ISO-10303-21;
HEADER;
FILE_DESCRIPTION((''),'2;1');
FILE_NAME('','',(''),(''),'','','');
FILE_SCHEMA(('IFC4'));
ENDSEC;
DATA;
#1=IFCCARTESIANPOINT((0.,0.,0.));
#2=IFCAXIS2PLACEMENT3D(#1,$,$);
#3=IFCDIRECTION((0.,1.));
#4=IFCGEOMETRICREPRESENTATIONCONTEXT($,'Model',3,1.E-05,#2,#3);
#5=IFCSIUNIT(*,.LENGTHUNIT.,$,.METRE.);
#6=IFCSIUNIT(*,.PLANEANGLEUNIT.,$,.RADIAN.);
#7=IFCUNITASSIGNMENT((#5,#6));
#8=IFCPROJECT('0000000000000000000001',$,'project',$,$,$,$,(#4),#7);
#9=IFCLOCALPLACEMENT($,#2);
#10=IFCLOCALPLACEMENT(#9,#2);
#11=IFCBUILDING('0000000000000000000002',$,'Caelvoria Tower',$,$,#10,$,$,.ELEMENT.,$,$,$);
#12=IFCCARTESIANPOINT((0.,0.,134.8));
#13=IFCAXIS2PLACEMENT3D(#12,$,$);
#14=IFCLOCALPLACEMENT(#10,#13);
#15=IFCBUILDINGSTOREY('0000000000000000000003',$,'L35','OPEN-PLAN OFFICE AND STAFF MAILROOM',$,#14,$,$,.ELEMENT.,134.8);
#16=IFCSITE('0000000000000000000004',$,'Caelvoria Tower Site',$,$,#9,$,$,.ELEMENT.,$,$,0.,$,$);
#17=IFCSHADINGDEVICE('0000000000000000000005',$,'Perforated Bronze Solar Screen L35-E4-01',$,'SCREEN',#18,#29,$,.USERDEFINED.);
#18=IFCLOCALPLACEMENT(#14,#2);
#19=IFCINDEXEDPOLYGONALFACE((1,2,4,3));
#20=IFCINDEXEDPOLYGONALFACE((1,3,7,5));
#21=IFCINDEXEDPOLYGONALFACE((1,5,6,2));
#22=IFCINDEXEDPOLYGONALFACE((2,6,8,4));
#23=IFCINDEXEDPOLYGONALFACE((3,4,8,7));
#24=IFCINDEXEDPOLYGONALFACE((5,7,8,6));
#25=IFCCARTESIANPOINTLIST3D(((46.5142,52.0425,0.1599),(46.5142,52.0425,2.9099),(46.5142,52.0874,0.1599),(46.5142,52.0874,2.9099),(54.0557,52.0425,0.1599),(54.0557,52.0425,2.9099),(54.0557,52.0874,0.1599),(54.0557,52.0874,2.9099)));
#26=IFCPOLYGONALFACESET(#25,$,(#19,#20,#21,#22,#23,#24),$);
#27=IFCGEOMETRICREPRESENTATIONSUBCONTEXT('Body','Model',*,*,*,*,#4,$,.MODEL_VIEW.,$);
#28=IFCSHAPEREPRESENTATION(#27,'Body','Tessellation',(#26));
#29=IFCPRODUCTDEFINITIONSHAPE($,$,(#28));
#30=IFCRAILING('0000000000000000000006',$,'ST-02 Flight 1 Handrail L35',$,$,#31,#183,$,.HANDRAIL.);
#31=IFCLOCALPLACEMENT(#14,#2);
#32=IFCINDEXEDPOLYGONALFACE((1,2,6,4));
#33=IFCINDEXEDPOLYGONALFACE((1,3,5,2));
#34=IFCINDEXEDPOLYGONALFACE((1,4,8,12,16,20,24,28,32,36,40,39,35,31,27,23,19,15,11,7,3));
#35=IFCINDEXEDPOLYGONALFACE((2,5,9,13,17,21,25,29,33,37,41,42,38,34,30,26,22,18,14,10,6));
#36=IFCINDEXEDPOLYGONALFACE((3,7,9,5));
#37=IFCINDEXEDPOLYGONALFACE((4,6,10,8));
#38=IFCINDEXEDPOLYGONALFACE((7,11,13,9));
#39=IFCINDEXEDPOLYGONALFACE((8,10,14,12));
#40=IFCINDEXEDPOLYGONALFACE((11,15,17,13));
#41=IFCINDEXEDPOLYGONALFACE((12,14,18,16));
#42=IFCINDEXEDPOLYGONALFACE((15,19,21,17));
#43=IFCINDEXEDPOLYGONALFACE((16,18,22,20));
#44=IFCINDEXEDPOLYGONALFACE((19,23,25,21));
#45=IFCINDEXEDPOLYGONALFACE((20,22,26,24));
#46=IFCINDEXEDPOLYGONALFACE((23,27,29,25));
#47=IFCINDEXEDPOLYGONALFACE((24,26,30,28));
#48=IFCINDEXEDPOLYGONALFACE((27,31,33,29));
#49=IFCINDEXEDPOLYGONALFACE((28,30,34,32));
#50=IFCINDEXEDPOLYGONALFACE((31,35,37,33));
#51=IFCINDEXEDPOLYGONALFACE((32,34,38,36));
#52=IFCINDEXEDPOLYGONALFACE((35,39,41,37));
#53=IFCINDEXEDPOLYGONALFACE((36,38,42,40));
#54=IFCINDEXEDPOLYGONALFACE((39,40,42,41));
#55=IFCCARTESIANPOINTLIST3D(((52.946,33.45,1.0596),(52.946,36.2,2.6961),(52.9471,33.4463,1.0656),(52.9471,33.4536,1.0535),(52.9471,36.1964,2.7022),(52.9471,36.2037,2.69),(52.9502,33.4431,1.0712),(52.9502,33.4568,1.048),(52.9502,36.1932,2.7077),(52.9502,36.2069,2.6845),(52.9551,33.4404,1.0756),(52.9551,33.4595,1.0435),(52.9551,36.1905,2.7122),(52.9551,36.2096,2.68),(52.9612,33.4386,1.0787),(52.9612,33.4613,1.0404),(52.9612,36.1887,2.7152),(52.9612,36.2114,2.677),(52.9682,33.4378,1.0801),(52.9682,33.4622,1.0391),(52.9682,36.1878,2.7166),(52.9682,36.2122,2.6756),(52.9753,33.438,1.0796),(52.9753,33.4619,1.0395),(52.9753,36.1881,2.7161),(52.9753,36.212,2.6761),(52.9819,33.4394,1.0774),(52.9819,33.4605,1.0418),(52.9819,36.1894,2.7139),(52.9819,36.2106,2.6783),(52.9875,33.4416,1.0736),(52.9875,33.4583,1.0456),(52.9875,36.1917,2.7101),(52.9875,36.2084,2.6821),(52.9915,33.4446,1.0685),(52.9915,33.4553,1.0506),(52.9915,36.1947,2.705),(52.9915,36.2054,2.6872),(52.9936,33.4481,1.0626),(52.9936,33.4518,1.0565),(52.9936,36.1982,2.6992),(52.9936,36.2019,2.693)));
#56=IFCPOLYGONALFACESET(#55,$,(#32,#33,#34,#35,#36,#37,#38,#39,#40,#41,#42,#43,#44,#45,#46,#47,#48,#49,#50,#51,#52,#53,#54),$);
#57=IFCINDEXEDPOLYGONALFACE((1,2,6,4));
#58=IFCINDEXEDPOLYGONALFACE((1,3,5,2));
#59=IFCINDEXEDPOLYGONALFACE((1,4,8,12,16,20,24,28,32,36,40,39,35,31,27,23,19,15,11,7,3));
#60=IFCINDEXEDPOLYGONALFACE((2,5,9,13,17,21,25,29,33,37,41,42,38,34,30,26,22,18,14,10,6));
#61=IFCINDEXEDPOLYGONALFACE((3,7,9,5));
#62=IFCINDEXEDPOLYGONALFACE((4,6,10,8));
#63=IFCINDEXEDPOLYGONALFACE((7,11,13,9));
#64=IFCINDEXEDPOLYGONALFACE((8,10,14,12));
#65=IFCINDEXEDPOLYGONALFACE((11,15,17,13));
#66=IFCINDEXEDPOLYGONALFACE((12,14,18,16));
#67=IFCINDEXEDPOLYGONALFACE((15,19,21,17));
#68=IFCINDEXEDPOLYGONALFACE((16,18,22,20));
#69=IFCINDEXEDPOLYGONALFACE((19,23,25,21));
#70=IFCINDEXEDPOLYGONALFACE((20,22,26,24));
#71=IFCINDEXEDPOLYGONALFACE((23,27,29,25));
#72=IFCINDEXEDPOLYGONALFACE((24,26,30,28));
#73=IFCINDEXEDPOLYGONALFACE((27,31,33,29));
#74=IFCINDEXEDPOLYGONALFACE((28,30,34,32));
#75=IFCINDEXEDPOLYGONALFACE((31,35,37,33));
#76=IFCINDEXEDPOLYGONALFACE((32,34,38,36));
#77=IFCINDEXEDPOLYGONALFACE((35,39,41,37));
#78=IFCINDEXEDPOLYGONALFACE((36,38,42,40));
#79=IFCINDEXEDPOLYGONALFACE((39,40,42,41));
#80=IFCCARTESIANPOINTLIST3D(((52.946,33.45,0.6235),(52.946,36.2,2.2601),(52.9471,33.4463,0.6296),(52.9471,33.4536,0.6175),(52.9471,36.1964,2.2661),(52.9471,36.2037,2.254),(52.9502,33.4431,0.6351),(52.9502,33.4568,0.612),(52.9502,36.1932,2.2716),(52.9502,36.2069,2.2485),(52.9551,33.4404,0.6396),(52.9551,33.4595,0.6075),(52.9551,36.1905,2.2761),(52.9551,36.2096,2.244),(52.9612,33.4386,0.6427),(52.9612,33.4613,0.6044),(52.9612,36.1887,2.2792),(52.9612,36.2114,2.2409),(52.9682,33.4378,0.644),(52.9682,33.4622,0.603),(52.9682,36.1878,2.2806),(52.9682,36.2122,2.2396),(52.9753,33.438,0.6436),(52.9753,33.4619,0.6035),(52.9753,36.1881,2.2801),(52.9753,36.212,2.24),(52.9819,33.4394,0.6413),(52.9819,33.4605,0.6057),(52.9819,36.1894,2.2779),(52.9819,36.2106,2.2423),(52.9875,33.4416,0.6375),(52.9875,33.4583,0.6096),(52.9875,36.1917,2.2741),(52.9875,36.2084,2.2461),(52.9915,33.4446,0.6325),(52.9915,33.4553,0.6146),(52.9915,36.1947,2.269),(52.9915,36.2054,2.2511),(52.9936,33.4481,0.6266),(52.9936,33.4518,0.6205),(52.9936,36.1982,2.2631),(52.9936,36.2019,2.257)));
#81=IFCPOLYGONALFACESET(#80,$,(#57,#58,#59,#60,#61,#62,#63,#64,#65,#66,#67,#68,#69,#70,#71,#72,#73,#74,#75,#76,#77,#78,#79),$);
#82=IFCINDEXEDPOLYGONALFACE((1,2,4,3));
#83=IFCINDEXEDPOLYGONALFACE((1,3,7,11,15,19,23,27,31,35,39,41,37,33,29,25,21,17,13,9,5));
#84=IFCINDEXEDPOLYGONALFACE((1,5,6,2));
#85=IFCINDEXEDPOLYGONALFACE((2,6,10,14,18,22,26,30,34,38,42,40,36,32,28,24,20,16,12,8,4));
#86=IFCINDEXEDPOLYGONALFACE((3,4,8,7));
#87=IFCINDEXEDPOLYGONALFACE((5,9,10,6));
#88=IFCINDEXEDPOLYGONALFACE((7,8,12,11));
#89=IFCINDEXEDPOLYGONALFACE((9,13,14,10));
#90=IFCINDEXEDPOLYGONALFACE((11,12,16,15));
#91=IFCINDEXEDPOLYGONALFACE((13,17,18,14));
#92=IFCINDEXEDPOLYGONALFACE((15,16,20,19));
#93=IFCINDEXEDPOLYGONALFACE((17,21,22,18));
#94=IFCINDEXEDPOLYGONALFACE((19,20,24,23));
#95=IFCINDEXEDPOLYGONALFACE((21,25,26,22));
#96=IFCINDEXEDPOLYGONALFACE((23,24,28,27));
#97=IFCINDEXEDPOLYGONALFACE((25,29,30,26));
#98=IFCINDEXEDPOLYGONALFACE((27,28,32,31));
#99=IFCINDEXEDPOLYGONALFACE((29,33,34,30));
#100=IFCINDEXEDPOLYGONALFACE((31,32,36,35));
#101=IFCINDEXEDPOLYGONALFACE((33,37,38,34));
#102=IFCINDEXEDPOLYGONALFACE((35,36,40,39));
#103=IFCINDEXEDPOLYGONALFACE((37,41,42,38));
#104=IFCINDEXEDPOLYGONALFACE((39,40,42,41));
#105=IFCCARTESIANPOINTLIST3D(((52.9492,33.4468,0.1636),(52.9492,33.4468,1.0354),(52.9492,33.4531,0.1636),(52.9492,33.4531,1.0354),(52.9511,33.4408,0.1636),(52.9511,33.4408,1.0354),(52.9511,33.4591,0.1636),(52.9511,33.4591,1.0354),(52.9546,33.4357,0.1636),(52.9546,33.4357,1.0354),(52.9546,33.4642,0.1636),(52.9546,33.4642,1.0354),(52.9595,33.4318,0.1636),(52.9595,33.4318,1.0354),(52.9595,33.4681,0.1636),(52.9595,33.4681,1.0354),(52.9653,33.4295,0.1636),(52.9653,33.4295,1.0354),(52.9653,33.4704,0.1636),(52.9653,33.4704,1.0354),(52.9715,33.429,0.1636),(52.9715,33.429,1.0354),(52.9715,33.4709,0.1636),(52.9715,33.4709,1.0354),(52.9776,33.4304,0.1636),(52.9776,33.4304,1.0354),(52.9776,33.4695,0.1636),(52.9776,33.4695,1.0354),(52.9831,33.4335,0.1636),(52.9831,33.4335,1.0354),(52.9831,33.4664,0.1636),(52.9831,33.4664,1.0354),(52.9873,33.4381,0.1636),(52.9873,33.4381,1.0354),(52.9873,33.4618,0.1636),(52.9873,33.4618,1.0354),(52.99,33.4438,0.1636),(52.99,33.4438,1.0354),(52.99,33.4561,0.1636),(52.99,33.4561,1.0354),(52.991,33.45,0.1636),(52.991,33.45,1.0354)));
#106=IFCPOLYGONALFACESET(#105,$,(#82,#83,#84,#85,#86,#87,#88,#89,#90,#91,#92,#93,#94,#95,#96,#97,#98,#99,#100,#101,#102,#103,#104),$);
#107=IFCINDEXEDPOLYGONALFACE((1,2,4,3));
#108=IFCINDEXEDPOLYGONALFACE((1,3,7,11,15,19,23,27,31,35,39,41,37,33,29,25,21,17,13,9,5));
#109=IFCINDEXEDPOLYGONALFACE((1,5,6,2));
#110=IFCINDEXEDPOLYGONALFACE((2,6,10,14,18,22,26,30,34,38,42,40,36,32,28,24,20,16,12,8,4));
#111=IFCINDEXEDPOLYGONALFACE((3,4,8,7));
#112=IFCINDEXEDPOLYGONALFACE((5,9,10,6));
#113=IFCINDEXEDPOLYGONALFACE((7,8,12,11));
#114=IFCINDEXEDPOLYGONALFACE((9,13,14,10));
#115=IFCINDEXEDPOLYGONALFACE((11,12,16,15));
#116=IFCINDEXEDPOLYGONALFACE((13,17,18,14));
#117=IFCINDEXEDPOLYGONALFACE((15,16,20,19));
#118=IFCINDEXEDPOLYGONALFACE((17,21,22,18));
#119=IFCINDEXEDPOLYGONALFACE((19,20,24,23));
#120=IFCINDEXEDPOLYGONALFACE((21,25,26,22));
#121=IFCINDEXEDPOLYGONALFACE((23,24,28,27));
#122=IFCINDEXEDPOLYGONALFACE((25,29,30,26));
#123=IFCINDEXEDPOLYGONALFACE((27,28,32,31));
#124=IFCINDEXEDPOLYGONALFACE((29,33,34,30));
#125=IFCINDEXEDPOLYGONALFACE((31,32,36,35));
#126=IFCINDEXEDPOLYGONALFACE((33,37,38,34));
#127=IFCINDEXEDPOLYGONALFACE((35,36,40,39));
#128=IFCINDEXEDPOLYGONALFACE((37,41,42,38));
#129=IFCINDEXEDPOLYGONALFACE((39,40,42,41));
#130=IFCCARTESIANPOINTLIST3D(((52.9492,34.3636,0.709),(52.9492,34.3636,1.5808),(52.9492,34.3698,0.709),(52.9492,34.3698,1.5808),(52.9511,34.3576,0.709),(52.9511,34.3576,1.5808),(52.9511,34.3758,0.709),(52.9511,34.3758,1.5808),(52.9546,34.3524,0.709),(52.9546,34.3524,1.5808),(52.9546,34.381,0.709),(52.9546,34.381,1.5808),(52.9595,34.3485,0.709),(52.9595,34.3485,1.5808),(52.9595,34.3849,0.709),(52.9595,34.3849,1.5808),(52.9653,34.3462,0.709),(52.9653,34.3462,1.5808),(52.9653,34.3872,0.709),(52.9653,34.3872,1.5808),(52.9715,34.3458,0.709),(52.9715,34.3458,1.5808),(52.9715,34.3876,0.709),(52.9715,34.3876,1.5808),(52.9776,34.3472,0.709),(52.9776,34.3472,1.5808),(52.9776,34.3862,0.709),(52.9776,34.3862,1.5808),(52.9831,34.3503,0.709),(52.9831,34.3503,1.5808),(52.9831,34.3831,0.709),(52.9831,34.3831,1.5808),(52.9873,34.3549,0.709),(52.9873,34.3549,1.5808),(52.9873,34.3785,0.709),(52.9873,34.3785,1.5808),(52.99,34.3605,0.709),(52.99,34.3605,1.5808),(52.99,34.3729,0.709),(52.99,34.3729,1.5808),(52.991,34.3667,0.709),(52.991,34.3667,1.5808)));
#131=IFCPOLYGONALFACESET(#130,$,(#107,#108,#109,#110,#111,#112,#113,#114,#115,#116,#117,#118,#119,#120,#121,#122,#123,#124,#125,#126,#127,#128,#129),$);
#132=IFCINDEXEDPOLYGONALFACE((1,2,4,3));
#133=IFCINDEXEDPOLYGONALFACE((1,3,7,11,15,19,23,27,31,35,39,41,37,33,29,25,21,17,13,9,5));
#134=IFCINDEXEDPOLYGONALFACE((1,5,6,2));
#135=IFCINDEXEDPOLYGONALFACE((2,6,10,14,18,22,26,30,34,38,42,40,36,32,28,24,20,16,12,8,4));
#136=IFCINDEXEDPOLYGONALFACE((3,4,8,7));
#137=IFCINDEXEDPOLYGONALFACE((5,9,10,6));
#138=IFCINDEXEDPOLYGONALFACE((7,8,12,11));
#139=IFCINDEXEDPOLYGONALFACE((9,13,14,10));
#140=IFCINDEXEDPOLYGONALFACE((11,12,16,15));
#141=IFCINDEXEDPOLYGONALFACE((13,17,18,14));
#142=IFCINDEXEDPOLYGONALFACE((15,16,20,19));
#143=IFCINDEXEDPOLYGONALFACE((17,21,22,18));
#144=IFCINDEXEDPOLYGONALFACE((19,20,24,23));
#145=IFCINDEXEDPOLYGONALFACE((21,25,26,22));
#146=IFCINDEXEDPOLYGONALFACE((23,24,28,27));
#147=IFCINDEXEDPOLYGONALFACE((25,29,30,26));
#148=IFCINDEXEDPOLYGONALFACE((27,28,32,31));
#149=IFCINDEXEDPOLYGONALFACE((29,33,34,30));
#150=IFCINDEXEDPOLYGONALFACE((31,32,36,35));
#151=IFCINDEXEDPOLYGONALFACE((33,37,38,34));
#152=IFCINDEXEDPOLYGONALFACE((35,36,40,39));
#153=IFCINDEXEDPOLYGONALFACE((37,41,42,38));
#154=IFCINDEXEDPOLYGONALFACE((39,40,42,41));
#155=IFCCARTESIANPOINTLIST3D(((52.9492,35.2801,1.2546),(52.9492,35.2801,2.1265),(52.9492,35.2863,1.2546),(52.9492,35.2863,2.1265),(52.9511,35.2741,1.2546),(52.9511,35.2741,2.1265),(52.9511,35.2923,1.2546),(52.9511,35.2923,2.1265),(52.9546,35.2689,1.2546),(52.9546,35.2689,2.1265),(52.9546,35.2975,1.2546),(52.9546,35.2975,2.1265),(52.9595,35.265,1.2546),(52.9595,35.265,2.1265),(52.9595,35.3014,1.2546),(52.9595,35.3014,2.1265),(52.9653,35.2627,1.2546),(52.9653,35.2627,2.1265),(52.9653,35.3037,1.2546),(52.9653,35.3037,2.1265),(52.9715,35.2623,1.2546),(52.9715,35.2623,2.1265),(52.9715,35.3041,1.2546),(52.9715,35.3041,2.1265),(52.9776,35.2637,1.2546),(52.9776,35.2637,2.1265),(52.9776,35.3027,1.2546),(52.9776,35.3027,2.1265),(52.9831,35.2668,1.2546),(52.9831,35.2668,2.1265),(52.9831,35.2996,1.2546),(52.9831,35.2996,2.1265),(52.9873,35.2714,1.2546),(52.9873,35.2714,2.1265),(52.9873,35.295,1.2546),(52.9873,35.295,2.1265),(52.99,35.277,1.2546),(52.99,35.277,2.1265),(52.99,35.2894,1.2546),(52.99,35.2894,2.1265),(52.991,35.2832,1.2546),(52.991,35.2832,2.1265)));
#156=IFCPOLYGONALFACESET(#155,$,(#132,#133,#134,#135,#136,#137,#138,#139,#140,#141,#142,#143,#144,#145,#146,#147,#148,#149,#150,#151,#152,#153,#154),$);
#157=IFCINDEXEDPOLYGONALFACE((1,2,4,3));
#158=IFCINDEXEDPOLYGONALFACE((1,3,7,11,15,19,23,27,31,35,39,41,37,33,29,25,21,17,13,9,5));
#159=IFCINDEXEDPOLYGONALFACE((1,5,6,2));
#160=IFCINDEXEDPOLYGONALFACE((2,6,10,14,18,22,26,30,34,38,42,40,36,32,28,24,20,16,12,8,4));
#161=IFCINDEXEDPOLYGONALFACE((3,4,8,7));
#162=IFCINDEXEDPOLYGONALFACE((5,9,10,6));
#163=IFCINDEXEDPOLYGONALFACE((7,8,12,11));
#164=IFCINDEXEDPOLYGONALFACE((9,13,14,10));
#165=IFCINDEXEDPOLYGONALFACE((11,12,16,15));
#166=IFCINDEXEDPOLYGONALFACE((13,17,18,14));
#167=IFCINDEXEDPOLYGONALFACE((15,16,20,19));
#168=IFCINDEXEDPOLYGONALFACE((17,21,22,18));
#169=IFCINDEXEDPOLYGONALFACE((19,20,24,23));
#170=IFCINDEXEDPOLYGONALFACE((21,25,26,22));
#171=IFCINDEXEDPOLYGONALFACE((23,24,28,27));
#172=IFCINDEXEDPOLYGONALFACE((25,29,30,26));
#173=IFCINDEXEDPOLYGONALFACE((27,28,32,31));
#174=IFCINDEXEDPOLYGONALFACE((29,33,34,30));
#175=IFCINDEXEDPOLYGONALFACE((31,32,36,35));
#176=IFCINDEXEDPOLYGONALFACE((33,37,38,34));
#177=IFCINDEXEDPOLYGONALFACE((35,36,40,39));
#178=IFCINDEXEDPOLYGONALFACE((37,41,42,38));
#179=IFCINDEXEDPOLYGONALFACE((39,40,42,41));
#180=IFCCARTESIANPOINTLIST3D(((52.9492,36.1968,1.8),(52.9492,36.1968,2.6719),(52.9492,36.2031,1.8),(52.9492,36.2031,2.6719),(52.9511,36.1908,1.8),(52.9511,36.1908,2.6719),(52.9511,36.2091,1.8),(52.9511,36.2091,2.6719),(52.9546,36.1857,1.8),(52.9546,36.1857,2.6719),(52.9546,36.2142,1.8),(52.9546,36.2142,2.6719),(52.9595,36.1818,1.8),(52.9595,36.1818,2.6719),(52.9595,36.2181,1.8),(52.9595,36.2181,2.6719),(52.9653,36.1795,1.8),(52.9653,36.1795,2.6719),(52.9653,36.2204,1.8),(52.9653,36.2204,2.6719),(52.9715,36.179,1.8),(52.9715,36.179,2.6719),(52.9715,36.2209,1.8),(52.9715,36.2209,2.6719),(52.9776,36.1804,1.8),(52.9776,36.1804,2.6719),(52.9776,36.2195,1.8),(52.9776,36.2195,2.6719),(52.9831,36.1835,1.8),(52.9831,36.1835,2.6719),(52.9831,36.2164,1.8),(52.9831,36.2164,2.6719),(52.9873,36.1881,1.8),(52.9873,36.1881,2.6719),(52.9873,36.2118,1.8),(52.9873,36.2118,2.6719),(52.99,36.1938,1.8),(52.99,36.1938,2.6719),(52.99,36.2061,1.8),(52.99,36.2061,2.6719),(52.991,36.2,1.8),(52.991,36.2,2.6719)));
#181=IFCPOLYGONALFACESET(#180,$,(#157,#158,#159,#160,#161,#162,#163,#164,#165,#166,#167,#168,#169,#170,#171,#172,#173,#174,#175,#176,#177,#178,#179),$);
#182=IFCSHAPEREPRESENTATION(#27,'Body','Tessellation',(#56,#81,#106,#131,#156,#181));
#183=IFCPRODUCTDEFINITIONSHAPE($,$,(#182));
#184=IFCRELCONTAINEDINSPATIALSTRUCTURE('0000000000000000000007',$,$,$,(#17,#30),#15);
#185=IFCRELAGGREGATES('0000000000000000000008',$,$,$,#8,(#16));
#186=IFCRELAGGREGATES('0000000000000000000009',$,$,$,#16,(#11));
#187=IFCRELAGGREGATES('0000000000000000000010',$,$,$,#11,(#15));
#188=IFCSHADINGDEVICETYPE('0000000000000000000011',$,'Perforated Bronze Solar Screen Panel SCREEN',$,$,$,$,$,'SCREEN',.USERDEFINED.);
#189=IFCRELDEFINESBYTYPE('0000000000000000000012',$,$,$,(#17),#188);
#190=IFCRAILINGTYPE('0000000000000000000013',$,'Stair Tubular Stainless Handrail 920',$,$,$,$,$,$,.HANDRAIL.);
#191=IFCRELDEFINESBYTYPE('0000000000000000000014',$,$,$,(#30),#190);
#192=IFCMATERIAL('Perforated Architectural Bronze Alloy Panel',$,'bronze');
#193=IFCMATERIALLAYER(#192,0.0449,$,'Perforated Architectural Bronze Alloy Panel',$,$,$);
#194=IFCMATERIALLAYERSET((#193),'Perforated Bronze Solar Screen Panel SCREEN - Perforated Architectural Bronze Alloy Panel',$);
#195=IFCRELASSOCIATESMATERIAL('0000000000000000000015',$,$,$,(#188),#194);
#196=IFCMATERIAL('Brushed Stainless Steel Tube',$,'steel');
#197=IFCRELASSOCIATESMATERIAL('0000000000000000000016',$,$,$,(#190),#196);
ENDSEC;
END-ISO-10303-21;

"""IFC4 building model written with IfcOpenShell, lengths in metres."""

from ifc_helpers import new_model, si_unit, direction, frame, origin, origin_2d, place, context, subcontext, project, spatial, rectangle, circle, extrude, material, layer, layer_set, type_object, element, save


model = new_model("IFC4")

# Units and contexts
model_context = context("Model", 3, precision=1e-05, world=origin(), true_north=direction((0.0, 1.0)))
body_context = subcontext(model_context, "Body", "Model", "MODEL_VIEW")
ifc_project = project(units=[si_unit("LENGTHUNIT", "METRE"), si_unit("PLANEANGLEUNIT", "RADIAN")], contexts=[model_context])

# Site, building, storey
site_placement = place(None, origin())
site = spatial("IfcSite", under=ifc_project, at=site_placement, Name="Caelvoria Tower Site", CompositionType="ELEMENT", RefElevation=0.0)
building_placement = place(site_placement, origin())
building = spatial("IfcBuilding", under=site, at=building_placement, Name="Caelvoria Tower", CompositionType="ELEMENT")
storey_placement = place(building_placement, frame((0.0, 0.0, 134.8)))
storey = spatial("IfcBuildingStorey", under=building, at=storey_placement, Name="L35", Description="OPEN-PLAN OFFICE AND STAFF MAILROOM", CompositionType="ELEMENT", Elevation=134.8)

# Shading device
ifc_material_1 = material(Name="Perforated Architectural Bronze Alloy Panel", Category="bronze")
ifc_layer_1 = layer(ifc_material_1, 0.0449, Name="Perforated Architectural Bronze Alloy Panel")
ifc_layer_set_1 = layer_set([ifc_layer_1], Name="Perforated Bronze Solar Screen Panel SCREEN - Perforated Architectural Bronze Alloy Panel")
shading_device_type = type_object("IfcShadingDeviceType", Name="Perforated Bronze Solar Screen Panel SCREEN", ElementType="SCREEN", PredefinedType="USERDEFINED", material=ifc_layer_set_1)
shading_device_placement = place(storey_placement, frame((50.2849, 52.0649, 0.1599), z_axis=(0.0, 0.0, 1.0), x_axis=(-1.0, 0.0, 0.0)))
element("IfcShadingDevice", 1, at=shading_device_placement, inside=storey, type_object=shading_device_type, Name="Perforated Bronze Solar Screen L35-E4-01", ObjectType="SCREEN", PredefinedType="USERDEFINED", context=body_context, shape_type="SweptSolid", body=[
    extrude(rectangle(XDim=7.5415, YDim=0.0449, at=origin_2d()), origin(), (0.0, 0.0, 1.0), 2.75),
])

# Railing
ifc_material_2 = material(Name="Brushed Stainless Steel Tube", Category="steel")
railing_type_1 = type_object("IfcRailingType", Name="Stair Tubular Stainless Handrail 920", PredefinedType="HANDRAIL", material=ifc_material_2)
railing_1_placement = place(storey_placement, frame((52.97, 33.45, 0.1636)))
element("IfcRailing", 2, at=railing_1_placement, inside=storey, type_object=railing_type_1, Name="ST-02 Flight 1 Handrail L35", PredefinedType="HANDRAIL", context=body_context, shape_type="SweptSolid", body=[
    extrude(circle(Radius=0.0239, at=origin_2d()), frame((0.0, 0.0, 0.896), z_axis=(0.0, 0.859352, 0.511385), x_axis=(-1.0, 0.0, 0.0)), (0.0, 0.0, 1.0), 3.2002),
    extrude(circle(Radius=0.0239, at=origin_2d()), frame((0.0, 0.0, 0.46), z_axis=(0.0, 0.859352, 0.511385), x_axis=(-1.0, 0.0, 0.0)), (0.0, 0.0, 1.0), 3.2002),
    extrude(circle(Radius=0.021, at=origin_2d()), origin(), (0.0, 0.0, 1.0), 0.8718),
    extrude(circle(Radius=0.021, at=origin_2d()), frame((0.0, 0.9167, 0.5454)), (0.0, 0.0, 1.0), 0.8718),
    extrude(circle(Radius=0.021, at=origin_2d()), frame((0.0, 1.8333, 1.0911)), (0.0, 0.0, 1.0), 0.8718),
    extrude(circle(Radius=0.021, at=origin_2d()), frame((0.0, 2.75, 1.6365)), (0.0, 0.0, 1.0), 0.8718),
])

save(model, "model.ifc")
